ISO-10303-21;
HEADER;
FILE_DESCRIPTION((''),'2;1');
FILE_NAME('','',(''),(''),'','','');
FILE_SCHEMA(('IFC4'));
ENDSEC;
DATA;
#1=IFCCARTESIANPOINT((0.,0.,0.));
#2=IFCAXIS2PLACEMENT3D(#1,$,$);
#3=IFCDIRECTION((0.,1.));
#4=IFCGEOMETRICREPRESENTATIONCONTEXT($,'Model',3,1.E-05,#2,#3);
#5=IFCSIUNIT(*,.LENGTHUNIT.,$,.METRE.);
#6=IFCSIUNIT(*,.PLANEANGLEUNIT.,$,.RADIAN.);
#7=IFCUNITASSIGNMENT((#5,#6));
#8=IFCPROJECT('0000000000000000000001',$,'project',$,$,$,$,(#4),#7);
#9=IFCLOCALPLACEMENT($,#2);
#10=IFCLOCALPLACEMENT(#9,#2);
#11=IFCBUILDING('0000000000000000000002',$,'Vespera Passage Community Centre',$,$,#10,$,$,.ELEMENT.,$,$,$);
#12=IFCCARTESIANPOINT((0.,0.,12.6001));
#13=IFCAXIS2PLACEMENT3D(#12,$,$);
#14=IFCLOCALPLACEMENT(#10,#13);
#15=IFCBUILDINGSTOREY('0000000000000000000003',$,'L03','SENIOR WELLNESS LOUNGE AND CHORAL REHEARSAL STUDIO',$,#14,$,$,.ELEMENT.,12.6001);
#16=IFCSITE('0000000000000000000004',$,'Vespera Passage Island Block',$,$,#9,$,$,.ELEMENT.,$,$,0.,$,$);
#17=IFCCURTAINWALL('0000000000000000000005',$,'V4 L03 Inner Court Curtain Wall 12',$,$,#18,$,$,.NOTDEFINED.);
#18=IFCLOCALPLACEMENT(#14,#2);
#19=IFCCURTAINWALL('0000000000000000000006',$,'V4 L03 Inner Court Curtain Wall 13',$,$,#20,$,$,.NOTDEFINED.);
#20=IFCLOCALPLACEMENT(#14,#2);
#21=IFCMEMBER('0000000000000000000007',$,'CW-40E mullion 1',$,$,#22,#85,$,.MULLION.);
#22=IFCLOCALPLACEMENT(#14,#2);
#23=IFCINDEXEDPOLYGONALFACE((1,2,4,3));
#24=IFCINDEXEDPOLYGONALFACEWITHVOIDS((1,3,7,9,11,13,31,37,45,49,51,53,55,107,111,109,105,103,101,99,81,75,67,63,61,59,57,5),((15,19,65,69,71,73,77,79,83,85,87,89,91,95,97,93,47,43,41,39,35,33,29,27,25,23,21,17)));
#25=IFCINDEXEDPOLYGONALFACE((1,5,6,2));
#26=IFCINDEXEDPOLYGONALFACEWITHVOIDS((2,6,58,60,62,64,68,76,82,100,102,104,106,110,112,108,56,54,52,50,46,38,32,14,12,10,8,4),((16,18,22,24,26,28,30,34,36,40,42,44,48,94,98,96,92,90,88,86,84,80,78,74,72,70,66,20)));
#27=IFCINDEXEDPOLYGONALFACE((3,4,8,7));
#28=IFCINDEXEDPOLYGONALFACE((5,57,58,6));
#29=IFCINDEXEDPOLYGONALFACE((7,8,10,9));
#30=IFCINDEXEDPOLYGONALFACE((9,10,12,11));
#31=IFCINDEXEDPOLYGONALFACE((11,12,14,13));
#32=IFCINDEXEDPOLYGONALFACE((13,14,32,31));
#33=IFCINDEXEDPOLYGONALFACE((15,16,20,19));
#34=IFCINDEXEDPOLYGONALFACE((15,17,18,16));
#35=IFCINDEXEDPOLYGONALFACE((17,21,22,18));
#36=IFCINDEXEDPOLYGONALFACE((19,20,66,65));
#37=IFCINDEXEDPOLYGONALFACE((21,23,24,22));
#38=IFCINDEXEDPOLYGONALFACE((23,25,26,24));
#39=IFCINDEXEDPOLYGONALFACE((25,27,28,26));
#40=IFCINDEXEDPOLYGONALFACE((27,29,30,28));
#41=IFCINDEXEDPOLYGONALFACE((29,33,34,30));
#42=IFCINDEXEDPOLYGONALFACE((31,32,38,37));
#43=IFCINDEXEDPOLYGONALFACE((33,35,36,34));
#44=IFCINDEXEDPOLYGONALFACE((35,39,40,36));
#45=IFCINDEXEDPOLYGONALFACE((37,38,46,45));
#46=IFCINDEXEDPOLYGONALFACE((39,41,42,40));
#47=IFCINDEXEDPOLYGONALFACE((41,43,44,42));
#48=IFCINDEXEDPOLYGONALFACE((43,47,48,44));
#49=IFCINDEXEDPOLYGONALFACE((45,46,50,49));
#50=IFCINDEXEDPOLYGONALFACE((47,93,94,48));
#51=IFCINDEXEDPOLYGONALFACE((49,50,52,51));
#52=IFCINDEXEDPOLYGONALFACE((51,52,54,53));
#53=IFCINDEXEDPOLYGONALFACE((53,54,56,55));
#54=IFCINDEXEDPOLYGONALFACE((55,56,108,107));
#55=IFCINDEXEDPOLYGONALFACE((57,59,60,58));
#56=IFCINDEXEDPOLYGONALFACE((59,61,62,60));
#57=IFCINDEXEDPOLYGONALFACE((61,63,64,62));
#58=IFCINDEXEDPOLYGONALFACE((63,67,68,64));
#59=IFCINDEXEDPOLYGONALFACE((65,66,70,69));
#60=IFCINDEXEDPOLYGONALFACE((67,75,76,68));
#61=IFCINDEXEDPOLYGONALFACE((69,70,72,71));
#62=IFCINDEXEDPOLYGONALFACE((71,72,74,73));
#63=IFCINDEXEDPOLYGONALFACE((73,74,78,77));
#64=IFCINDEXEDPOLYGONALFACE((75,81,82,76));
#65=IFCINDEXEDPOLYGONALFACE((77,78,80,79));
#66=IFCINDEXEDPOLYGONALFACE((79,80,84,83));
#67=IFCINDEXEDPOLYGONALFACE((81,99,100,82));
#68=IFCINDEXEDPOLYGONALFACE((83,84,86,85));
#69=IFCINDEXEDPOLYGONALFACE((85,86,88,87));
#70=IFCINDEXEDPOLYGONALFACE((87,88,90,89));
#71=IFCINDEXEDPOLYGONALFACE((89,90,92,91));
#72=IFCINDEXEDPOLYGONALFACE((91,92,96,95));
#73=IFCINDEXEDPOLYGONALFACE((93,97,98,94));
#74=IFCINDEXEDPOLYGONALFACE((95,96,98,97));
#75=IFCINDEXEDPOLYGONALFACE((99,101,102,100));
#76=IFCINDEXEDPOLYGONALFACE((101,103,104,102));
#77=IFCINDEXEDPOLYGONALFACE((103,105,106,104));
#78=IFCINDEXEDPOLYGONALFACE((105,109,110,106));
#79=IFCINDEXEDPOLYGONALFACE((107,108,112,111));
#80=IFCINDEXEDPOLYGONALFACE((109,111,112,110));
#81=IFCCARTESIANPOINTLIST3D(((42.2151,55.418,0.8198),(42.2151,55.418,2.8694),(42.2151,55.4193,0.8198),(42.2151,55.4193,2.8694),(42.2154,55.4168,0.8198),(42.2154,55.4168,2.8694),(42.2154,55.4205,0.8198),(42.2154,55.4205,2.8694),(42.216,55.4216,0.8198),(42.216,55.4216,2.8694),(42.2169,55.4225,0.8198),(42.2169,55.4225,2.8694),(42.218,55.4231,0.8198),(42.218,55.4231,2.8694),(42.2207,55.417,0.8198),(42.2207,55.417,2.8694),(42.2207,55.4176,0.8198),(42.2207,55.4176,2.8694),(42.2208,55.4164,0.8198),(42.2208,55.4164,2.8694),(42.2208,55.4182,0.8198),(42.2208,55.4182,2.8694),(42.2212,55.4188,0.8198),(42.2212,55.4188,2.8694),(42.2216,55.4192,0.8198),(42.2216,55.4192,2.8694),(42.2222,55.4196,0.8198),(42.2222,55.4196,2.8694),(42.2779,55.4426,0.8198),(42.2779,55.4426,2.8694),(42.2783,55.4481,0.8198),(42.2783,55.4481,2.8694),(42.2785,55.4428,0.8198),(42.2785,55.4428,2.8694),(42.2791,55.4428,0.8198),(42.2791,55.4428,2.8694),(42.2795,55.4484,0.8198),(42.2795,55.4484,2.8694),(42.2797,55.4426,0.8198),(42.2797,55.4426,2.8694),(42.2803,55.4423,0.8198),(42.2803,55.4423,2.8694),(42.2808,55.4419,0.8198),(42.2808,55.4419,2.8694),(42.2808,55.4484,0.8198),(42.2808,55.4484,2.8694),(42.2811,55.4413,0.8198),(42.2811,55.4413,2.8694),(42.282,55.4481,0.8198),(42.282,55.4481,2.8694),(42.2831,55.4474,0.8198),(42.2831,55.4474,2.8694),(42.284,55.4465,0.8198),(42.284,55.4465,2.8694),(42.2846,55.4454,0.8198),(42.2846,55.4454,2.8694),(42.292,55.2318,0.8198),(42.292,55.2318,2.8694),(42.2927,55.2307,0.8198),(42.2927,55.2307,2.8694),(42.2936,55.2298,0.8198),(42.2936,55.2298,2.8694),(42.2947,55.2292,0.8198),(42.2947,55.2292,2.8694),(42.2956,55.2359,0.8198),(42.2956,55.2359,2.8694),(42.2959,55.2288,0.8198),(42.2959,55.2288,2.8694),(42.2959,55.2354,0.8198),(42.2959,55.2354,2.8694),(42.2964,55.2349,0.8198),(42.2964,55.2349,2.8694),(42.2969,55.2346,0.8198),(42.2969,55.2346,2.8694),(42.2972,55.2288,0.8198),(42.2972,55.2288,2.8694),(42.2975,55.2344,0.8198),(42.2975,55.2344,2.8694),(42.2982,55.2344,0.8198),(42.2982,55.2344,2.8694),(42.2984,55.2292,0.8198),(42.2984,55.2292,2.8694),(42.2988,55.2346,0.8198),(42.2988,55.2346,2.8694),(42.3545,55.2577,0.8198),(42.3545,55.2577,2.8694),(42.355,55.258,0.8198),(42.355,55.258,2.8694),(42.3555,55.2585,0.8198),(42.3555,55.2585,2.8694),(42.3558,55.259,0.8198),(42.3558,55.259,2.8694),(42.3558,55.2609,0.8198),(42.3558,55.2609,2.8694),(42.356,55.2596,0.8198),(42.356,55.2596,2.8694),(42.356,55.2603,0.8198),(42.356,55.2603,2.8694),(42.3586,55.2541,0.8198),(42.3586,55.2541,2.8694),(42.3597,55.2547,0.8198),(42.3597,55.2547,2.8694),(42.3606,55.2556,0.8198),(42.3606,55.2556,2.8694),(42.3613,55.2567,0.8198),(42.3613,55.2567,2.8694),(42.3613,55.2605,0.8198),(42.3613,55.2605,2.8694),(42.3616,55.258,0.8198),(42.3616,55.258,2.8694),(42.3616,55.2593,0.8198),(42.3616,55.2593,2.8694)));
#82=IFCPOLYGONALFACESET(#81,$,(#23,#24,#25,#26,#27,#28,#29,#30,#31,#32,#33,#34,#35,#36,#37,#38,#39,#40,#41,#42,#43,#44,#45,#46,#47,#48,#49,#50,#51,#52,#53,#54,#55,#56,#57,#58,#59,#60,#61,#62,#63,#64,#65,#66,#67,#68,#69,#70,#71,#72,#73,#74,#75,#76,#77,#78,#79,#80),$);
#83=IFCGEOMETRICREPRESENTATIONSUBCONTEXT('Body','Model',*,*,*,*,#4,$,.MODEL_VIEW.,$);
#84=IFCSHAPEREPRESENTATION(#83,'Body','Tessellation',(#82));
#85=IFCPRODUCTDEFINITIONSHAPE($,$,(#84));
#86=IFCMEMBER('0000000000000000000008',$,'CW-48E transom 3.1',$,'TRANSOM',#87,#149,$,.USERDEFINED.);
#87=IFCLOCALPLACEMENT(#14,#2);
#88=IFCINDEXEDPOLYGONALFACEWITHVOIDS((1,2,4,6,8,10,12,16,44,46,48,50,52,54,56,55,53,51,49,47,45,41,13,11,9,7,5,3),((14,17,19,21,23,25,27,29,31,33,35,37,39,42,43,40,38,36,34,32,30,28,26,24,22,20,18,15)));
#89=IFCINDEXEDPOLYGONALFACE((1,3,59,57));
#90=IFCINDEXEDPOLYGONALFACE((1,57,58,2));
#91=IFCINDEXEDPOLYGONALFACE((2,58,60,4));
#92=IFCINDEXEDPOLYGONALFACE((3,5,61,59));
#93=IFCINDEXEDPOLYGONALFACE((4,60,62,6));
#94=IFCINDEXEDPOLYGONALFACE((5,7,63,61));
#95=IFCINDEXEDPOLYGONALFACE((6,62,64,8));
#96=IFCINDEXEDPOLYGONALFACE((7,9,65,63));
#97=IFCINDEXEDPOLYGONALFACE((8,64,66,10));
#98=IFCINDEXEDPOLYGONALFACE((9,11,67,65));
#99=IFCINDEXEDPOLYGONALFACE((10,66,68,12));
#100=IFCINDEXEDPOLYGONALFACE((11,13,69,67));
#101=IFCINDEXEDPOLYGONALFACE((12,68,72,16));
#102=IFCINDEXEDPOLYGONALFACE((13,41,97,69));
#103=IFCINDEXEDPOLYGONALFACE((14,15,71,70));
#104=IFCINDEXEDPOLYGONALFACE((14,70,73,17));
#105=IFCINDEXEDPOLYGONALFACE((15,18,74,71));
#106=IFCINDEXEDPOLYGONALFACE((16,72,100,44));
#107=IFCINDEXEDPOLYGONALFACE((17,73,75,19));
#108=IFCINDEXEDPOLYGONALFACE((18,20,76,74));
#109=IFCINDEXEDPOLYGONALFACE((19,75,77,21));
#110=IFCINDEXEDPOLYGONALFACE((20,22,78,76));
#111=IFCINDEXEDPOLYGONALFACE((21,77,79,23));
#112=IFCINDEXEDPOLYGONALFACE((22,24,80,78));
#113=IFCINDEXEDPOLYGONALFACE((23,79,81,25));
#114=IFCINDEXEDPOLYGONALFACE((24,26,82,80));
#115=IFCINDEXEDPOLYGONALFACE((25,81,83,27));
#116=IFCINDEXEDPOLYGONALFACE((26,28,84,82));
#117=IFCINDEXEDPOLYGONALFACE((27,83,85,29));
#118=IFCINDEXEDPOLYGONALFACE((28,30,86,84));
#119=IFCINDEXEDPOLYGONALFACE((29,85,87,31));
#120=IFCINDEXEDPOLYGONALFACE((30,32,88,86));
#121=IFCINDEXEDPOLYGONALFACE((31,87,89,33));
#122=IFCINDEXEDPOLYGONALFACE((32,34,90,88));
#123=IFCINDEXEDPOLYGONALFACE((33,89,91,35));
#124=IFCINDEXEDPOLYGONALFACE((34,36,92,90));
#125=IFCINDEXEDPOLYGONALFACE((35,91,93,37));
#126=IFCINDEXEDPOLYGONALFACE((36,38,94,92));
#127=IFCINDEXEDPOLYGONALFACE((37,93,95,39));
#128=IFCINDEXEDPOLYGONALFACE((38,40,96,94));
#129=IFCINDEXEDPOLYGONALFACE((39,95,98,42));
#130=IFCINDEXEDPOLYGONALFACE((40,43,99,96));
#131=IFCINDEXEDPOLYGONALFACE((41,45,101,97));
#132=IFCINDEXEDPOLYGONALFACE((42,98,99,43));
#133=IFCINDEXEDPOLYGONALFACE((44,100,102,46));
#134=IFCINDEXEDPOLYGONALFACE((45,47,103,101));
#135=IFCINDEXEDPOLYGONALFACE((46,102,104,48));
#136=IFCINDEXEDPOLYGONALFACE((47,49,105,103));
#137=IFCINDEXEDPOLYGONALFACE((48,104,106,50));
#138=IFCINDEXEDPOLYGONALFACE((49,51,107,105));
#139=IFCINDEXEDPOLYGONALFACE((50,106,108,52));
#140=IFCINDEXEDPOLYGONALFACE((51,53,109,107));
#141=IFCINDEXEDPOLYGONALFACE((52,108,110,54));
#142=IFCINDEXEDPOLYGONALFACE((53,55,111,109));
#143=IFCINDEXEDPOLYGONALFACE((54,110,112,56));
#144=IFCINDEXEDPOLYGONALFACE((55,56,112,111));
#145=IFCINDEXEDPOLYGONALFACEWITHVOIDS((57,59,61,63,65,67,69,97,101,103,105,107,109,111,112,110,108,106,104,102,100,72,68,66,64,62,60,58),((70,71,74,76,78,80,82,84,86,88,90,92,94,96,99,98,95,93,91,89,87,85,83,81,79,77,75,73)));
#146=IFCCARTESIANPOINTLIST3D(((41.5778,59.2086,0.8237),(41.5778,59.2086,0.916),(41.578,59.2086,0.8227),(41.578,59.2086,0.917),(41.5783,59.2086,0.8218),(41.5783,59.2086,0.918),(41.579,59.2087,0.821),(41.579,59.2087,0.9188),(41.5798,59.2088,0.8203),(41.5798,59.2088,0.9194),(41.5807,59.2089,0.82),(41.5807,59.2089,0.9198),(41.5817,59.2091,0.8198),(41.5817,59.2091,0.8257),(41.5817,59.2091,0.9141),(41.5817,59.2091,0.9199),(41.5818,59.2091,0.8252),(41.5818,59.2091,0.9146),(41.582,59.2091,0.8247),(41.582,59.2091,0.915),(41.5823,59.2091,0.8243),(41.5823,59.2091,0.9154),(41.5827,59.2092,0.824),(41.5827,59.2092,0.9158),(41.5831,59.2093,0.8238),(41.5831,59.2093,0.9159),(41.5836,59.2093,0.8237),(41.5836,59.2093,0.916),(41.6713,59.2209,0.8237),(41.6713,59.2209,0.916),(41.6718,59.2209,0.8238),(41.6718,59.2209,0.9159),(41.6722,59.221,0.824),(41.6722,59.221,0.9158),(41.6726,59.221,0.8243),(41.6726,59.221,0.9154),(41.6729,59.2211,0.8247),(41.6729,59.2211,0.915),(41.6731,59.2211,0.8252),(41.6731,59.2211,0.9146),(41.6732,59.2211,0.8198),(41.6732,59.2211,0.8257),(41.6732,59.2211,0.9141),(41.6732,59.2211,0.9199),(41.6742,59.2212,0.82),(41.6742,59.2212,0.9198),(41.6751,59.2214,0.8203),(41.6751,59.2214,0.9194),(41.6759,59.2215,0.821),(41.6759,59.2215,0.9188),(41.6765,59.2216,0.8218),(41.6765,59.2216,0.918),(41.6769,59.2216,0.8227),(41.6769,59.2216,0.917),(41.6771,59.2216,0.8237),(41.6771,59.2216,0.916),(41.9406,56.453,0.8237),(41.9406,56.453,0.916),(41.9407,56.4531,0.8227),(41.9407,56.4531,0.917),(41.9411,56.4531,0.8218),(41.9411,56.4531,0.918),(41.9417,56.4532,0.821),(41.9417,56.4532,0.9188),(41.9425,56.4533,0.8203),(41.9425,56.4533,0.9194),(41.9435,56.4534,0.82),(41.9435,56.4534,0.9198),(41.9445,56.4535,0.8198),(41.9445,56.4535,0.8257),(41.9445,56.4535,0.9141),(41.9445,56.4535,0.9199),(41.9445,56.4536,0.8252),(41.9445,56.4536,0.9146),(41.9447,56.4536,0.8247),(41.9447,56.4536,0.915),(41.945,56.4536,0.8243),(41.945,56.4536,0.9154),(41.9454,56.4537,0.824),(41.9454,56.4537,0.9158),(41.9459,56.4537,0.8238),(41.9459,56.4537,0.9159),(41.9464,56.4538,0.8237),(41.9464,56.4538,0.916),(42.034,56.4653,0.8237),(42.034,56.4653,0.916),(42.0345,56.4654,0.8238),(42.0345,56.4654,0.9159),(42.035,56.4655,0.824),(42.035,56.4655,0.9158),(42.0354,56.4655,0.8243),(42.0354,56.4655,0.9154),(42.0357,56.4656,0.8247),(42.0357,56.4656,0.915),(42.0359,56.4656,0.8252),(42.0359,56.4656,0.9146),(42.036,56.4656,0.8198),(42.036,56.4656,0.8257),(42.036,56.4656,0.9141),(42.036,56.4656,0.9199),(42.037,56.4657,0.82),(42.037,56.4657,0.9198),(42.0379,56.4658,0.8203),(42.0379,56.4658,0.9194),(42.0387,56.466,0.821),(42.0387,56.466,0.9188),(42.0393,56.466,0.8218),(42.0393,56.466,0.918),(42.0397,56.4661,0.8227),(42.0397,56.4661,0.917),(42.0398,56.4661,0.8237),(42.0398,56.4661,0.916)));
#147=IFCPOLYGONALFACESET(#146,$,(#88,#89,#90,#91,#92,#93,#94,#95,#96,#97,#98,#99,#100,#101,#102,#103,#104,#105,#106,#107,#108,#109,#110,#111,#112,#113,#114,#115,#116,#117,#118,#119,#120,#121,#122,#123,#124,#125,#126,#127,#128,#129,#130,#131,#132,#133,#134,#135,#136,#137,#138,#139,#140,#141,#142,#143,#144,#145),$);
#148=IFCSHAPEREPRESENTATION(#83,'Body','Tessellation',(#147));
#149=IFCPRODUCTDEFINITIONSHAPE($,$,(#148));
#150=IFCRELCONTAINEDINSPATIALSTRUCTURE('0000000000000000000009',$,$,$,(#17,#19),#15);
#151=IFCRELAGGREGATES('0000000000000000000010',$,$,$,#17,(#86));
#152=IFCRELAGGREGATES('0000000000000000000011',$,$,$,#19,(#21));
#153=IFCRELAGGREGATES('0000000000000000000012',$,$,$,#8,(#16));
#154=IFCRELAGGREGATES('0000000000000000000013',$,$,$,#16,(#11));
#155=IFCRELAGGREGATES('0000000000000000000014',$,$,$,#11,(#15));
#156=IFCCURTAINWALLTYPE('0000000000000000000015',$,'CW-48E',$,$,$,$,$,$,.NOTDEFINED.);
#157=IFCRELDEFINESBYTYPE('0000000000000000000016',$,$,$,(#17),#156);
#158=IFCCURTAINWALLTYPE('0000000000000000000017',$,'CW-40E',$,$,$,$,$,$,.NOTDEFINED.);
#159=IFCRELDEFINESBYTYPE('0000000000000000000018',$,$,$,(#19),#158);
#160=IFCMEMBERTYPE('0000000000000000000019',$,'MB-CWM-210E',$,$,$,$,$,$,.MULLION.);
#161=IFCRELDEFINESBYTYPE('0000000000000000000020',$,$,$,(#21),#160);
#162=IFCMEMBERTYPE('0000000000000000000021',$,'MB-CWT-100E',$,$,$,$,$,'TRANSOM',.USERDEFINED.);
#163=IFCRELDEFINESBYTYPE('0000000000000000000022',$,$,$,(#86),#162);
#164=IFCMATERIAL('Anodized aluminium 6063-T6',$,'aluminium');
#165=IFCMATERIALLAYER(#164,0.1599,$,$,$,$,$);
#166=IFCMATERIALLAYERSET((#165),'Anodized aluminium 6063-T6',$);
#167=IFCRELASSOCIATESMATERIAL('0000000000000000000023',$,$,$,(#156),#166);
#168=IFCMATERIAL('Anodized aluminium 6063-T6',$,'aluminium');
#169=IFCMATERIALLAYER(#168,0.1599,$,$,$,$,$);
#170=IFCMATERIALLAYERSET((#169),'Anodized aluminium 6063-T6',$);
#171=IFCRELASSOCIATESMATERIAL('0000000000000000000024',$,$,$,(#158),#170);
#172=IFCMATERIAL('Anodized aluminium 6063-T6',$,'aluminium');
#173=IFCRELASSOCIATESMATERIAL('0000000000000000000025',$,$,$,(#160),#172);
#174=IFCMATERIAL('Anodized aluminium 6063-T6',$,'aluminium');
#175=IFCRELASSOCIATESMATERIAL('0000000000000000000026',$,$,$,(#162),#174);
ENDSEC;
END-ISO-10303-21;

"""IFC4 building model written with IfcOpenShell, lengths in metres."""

from ifc_helpers import new_model, si_unit, direction, frame, origin, origin_2d, place, context, subcontext, project, spatial, hollow_rectangle, extrude, material, layer, layer_set, material_profile, profile_set, type_object, element, aggregate, save


model = new_model("IFC4")

# Units and contexts
model_context = context("Model", 3, precision=1e-05, world=origin(), true_north=direction((0.0, 1.0)))
body_context = subcontext(model_context, "Body", "Model", "MODEL_VIEW")
ifc_project = project(units=[si_unit("LENGTHUNIT", "METRE"), si_unit("PLANEANGLEUNIT", "RADIAN")], contexts=[model_context])

# Site, building, storey
site_placement = place(None, origin())
site = spatial("IfcSite", under=ifc_project, at=site_placement, Name="Vespera Passage Island Block", CompositionType="ELEMENT", RefElevation=0.0)
building_placement = place(site_placement, origin())
building = spatial("IfcBuilding", under=site, at=building_placement, Name="Vespera Passage Community Centre", CompositionType="ELEMENT")
storey_placement = place(building_placement, frame((0.0, 0.0, 12.6001)))
storey = spatial("IfcBuildingStorey", under=building, at=storey_placement, Name="L03", Description="SENIOR WELLNESS LOUNGE AND CHORAL REHEARSAL STUDIO", CompositionType="ELEMENT", Elevation=12.6001)

# Curtain wall
ifc_material_1 = material(Name="Anodized aluminium 6063-T6", Category="aluminium")
ifc_layer_1 = layer(ifc_material_1, 0.1599)
ifc_layer_set_1 = layer_set([ifc_layer_1], Name="Anodized aluminium 6063-T6")
curtain_wall_type_1 = type_object("IfcCurtainWallType", Name="CW-48E", PredefinedType="NOTDEFINED", material=ifc_layer_set_1)
curtain_wall_1_placement = place(storey_placement, origin())
curtain_wall_1 = element("IfcCurtainWall", 1, at=curtain_wall_1_placement, inside=storey, type_object=curtain_wall_type_1, Name="V4 L03 Inner Court Curtain Wall 12", PredefinedType="NOTDEFINED")

# Curtain wall, member
ifc_material_2 = material(Name="Anodized aluminium 6063-T6", Category="aluminium")
ifc_layer_2 = layer(ifc_material_2, 0.1599)
ifc_layer_set_2 = layer_set([ifc_layer_2], Name="Anodized aluminium 6063-T6")
curtain_wall_type_2 = type_object("IfcCurtainWallType", Name="CW-40E", PredefinedType="NOTDEFINED", material=ifc_layer_set_2)
curtain_wall_2_placement = place(storey_placement, origin())
curtain_wall_2 = element("IfcCurtainWall", 2, at=curtain_wall_2_placement, inside=storey, type_object=curtain_wall_type_2, Name="V4 L03 Inner Court Curtain Wall 13", PredefinedType="NOTDEFINED")
ifc_material_3 = material(Name="Anodized aluminium 6063-T6", Category="aluminium")
ifc_material_profile_1 = material_profile(ifc_material_3, hollow_rectangle(XDim=0.075, YDim=0.21, WallThickness=0.0049, InnerFilletRadius=0.0024, OuterFilletRadius=0.0049, at=origin_2d()), Name="ALU210X75X5")
ifc_profile_set_1 = profile_set([ifc_material_profile_1], Name="Anodized aluminium 6063-T6")
member_type_1 = type_object("IfcMemberType", Name="MB-CWM-210E", PredefinedType="MULLION", material=ifc_profile_set_1)
member_1_placement = place(storey_placement, frame((42.2883, 55.3386, 0.8198), z_axis=(0.0, 0.0, 1.0), x_axis=(0.923877, 0.38269, 0.0)))
member_1 = element("IfcMember", 3, at=member_1_placement, type_object=member_type_1, Name="CW-40E mullion 1", PredefinedType="MULLION", context=body_context, shape_type="SweptSolid", body=[
    extrude(hollow_rectangle(XDim=0.075, YDim=0.21, WallThickness=0.0049, InnerFilletRadius=0.0024, OuterFilletRadius=0.0049, at=origin_2d()), origin(), (0.0, 0.0, 1.0), 2.0496),
])

# Member
ifc_material_4 = material(Name="Anodized aluminium 6063-T6", Category="aluminium")
ifc_material_profile_2 = material_profile(ifc_material_4, hollow_rectangle(XDim=0.1001, YDim=0.1001, WallThickness=0.0039, InnerFilletRadius=0.002, OuterFilletRadius=0.0039, at=origin_2d()), Name="ALU100X100X4")
ifc_profile_set_2 = profile_set([ifc_material_profile_2], Name="Anodized aluminium 6063-T6")
member_type_2 = type_object("IfcMemberType", Name="MB-CWT-100E", ElementType="TRANSOM", PredefinedType="USERDEFINED", material=ifc_profile_set_2)
member_2_placement = place(storey_placement, frame((41.6274, 59.2151, 0.8699), z_axis=(0.130529, -0.991444, 0.0), x_axis=(0.991444, 0.130529, 0.0)))
member_2 = element("IfcMember", 4, at=member_2_placement, type_object=member_type_2, Name="CW-48E transom 3.1", ObjectType="TRANSOM", PredefinedType="USERDEFINED", context=body_context, shape_type="SweptSolid", body=[
    extrude(hollow_rectangle(XDim=0.1001, YDim=0.1001, WallThickness=0.0039, InnerFilletRadius=0.002, OuterFilletRadius=0.0039, at=origin_2d()), origin(), (0.0, 0.0, 1.0), 2.7793),
])

aggregate(curtain_wall_1, [member_2])
aggregate(curtain_wall_2, [member_1])

save(model, "model.ifc")
